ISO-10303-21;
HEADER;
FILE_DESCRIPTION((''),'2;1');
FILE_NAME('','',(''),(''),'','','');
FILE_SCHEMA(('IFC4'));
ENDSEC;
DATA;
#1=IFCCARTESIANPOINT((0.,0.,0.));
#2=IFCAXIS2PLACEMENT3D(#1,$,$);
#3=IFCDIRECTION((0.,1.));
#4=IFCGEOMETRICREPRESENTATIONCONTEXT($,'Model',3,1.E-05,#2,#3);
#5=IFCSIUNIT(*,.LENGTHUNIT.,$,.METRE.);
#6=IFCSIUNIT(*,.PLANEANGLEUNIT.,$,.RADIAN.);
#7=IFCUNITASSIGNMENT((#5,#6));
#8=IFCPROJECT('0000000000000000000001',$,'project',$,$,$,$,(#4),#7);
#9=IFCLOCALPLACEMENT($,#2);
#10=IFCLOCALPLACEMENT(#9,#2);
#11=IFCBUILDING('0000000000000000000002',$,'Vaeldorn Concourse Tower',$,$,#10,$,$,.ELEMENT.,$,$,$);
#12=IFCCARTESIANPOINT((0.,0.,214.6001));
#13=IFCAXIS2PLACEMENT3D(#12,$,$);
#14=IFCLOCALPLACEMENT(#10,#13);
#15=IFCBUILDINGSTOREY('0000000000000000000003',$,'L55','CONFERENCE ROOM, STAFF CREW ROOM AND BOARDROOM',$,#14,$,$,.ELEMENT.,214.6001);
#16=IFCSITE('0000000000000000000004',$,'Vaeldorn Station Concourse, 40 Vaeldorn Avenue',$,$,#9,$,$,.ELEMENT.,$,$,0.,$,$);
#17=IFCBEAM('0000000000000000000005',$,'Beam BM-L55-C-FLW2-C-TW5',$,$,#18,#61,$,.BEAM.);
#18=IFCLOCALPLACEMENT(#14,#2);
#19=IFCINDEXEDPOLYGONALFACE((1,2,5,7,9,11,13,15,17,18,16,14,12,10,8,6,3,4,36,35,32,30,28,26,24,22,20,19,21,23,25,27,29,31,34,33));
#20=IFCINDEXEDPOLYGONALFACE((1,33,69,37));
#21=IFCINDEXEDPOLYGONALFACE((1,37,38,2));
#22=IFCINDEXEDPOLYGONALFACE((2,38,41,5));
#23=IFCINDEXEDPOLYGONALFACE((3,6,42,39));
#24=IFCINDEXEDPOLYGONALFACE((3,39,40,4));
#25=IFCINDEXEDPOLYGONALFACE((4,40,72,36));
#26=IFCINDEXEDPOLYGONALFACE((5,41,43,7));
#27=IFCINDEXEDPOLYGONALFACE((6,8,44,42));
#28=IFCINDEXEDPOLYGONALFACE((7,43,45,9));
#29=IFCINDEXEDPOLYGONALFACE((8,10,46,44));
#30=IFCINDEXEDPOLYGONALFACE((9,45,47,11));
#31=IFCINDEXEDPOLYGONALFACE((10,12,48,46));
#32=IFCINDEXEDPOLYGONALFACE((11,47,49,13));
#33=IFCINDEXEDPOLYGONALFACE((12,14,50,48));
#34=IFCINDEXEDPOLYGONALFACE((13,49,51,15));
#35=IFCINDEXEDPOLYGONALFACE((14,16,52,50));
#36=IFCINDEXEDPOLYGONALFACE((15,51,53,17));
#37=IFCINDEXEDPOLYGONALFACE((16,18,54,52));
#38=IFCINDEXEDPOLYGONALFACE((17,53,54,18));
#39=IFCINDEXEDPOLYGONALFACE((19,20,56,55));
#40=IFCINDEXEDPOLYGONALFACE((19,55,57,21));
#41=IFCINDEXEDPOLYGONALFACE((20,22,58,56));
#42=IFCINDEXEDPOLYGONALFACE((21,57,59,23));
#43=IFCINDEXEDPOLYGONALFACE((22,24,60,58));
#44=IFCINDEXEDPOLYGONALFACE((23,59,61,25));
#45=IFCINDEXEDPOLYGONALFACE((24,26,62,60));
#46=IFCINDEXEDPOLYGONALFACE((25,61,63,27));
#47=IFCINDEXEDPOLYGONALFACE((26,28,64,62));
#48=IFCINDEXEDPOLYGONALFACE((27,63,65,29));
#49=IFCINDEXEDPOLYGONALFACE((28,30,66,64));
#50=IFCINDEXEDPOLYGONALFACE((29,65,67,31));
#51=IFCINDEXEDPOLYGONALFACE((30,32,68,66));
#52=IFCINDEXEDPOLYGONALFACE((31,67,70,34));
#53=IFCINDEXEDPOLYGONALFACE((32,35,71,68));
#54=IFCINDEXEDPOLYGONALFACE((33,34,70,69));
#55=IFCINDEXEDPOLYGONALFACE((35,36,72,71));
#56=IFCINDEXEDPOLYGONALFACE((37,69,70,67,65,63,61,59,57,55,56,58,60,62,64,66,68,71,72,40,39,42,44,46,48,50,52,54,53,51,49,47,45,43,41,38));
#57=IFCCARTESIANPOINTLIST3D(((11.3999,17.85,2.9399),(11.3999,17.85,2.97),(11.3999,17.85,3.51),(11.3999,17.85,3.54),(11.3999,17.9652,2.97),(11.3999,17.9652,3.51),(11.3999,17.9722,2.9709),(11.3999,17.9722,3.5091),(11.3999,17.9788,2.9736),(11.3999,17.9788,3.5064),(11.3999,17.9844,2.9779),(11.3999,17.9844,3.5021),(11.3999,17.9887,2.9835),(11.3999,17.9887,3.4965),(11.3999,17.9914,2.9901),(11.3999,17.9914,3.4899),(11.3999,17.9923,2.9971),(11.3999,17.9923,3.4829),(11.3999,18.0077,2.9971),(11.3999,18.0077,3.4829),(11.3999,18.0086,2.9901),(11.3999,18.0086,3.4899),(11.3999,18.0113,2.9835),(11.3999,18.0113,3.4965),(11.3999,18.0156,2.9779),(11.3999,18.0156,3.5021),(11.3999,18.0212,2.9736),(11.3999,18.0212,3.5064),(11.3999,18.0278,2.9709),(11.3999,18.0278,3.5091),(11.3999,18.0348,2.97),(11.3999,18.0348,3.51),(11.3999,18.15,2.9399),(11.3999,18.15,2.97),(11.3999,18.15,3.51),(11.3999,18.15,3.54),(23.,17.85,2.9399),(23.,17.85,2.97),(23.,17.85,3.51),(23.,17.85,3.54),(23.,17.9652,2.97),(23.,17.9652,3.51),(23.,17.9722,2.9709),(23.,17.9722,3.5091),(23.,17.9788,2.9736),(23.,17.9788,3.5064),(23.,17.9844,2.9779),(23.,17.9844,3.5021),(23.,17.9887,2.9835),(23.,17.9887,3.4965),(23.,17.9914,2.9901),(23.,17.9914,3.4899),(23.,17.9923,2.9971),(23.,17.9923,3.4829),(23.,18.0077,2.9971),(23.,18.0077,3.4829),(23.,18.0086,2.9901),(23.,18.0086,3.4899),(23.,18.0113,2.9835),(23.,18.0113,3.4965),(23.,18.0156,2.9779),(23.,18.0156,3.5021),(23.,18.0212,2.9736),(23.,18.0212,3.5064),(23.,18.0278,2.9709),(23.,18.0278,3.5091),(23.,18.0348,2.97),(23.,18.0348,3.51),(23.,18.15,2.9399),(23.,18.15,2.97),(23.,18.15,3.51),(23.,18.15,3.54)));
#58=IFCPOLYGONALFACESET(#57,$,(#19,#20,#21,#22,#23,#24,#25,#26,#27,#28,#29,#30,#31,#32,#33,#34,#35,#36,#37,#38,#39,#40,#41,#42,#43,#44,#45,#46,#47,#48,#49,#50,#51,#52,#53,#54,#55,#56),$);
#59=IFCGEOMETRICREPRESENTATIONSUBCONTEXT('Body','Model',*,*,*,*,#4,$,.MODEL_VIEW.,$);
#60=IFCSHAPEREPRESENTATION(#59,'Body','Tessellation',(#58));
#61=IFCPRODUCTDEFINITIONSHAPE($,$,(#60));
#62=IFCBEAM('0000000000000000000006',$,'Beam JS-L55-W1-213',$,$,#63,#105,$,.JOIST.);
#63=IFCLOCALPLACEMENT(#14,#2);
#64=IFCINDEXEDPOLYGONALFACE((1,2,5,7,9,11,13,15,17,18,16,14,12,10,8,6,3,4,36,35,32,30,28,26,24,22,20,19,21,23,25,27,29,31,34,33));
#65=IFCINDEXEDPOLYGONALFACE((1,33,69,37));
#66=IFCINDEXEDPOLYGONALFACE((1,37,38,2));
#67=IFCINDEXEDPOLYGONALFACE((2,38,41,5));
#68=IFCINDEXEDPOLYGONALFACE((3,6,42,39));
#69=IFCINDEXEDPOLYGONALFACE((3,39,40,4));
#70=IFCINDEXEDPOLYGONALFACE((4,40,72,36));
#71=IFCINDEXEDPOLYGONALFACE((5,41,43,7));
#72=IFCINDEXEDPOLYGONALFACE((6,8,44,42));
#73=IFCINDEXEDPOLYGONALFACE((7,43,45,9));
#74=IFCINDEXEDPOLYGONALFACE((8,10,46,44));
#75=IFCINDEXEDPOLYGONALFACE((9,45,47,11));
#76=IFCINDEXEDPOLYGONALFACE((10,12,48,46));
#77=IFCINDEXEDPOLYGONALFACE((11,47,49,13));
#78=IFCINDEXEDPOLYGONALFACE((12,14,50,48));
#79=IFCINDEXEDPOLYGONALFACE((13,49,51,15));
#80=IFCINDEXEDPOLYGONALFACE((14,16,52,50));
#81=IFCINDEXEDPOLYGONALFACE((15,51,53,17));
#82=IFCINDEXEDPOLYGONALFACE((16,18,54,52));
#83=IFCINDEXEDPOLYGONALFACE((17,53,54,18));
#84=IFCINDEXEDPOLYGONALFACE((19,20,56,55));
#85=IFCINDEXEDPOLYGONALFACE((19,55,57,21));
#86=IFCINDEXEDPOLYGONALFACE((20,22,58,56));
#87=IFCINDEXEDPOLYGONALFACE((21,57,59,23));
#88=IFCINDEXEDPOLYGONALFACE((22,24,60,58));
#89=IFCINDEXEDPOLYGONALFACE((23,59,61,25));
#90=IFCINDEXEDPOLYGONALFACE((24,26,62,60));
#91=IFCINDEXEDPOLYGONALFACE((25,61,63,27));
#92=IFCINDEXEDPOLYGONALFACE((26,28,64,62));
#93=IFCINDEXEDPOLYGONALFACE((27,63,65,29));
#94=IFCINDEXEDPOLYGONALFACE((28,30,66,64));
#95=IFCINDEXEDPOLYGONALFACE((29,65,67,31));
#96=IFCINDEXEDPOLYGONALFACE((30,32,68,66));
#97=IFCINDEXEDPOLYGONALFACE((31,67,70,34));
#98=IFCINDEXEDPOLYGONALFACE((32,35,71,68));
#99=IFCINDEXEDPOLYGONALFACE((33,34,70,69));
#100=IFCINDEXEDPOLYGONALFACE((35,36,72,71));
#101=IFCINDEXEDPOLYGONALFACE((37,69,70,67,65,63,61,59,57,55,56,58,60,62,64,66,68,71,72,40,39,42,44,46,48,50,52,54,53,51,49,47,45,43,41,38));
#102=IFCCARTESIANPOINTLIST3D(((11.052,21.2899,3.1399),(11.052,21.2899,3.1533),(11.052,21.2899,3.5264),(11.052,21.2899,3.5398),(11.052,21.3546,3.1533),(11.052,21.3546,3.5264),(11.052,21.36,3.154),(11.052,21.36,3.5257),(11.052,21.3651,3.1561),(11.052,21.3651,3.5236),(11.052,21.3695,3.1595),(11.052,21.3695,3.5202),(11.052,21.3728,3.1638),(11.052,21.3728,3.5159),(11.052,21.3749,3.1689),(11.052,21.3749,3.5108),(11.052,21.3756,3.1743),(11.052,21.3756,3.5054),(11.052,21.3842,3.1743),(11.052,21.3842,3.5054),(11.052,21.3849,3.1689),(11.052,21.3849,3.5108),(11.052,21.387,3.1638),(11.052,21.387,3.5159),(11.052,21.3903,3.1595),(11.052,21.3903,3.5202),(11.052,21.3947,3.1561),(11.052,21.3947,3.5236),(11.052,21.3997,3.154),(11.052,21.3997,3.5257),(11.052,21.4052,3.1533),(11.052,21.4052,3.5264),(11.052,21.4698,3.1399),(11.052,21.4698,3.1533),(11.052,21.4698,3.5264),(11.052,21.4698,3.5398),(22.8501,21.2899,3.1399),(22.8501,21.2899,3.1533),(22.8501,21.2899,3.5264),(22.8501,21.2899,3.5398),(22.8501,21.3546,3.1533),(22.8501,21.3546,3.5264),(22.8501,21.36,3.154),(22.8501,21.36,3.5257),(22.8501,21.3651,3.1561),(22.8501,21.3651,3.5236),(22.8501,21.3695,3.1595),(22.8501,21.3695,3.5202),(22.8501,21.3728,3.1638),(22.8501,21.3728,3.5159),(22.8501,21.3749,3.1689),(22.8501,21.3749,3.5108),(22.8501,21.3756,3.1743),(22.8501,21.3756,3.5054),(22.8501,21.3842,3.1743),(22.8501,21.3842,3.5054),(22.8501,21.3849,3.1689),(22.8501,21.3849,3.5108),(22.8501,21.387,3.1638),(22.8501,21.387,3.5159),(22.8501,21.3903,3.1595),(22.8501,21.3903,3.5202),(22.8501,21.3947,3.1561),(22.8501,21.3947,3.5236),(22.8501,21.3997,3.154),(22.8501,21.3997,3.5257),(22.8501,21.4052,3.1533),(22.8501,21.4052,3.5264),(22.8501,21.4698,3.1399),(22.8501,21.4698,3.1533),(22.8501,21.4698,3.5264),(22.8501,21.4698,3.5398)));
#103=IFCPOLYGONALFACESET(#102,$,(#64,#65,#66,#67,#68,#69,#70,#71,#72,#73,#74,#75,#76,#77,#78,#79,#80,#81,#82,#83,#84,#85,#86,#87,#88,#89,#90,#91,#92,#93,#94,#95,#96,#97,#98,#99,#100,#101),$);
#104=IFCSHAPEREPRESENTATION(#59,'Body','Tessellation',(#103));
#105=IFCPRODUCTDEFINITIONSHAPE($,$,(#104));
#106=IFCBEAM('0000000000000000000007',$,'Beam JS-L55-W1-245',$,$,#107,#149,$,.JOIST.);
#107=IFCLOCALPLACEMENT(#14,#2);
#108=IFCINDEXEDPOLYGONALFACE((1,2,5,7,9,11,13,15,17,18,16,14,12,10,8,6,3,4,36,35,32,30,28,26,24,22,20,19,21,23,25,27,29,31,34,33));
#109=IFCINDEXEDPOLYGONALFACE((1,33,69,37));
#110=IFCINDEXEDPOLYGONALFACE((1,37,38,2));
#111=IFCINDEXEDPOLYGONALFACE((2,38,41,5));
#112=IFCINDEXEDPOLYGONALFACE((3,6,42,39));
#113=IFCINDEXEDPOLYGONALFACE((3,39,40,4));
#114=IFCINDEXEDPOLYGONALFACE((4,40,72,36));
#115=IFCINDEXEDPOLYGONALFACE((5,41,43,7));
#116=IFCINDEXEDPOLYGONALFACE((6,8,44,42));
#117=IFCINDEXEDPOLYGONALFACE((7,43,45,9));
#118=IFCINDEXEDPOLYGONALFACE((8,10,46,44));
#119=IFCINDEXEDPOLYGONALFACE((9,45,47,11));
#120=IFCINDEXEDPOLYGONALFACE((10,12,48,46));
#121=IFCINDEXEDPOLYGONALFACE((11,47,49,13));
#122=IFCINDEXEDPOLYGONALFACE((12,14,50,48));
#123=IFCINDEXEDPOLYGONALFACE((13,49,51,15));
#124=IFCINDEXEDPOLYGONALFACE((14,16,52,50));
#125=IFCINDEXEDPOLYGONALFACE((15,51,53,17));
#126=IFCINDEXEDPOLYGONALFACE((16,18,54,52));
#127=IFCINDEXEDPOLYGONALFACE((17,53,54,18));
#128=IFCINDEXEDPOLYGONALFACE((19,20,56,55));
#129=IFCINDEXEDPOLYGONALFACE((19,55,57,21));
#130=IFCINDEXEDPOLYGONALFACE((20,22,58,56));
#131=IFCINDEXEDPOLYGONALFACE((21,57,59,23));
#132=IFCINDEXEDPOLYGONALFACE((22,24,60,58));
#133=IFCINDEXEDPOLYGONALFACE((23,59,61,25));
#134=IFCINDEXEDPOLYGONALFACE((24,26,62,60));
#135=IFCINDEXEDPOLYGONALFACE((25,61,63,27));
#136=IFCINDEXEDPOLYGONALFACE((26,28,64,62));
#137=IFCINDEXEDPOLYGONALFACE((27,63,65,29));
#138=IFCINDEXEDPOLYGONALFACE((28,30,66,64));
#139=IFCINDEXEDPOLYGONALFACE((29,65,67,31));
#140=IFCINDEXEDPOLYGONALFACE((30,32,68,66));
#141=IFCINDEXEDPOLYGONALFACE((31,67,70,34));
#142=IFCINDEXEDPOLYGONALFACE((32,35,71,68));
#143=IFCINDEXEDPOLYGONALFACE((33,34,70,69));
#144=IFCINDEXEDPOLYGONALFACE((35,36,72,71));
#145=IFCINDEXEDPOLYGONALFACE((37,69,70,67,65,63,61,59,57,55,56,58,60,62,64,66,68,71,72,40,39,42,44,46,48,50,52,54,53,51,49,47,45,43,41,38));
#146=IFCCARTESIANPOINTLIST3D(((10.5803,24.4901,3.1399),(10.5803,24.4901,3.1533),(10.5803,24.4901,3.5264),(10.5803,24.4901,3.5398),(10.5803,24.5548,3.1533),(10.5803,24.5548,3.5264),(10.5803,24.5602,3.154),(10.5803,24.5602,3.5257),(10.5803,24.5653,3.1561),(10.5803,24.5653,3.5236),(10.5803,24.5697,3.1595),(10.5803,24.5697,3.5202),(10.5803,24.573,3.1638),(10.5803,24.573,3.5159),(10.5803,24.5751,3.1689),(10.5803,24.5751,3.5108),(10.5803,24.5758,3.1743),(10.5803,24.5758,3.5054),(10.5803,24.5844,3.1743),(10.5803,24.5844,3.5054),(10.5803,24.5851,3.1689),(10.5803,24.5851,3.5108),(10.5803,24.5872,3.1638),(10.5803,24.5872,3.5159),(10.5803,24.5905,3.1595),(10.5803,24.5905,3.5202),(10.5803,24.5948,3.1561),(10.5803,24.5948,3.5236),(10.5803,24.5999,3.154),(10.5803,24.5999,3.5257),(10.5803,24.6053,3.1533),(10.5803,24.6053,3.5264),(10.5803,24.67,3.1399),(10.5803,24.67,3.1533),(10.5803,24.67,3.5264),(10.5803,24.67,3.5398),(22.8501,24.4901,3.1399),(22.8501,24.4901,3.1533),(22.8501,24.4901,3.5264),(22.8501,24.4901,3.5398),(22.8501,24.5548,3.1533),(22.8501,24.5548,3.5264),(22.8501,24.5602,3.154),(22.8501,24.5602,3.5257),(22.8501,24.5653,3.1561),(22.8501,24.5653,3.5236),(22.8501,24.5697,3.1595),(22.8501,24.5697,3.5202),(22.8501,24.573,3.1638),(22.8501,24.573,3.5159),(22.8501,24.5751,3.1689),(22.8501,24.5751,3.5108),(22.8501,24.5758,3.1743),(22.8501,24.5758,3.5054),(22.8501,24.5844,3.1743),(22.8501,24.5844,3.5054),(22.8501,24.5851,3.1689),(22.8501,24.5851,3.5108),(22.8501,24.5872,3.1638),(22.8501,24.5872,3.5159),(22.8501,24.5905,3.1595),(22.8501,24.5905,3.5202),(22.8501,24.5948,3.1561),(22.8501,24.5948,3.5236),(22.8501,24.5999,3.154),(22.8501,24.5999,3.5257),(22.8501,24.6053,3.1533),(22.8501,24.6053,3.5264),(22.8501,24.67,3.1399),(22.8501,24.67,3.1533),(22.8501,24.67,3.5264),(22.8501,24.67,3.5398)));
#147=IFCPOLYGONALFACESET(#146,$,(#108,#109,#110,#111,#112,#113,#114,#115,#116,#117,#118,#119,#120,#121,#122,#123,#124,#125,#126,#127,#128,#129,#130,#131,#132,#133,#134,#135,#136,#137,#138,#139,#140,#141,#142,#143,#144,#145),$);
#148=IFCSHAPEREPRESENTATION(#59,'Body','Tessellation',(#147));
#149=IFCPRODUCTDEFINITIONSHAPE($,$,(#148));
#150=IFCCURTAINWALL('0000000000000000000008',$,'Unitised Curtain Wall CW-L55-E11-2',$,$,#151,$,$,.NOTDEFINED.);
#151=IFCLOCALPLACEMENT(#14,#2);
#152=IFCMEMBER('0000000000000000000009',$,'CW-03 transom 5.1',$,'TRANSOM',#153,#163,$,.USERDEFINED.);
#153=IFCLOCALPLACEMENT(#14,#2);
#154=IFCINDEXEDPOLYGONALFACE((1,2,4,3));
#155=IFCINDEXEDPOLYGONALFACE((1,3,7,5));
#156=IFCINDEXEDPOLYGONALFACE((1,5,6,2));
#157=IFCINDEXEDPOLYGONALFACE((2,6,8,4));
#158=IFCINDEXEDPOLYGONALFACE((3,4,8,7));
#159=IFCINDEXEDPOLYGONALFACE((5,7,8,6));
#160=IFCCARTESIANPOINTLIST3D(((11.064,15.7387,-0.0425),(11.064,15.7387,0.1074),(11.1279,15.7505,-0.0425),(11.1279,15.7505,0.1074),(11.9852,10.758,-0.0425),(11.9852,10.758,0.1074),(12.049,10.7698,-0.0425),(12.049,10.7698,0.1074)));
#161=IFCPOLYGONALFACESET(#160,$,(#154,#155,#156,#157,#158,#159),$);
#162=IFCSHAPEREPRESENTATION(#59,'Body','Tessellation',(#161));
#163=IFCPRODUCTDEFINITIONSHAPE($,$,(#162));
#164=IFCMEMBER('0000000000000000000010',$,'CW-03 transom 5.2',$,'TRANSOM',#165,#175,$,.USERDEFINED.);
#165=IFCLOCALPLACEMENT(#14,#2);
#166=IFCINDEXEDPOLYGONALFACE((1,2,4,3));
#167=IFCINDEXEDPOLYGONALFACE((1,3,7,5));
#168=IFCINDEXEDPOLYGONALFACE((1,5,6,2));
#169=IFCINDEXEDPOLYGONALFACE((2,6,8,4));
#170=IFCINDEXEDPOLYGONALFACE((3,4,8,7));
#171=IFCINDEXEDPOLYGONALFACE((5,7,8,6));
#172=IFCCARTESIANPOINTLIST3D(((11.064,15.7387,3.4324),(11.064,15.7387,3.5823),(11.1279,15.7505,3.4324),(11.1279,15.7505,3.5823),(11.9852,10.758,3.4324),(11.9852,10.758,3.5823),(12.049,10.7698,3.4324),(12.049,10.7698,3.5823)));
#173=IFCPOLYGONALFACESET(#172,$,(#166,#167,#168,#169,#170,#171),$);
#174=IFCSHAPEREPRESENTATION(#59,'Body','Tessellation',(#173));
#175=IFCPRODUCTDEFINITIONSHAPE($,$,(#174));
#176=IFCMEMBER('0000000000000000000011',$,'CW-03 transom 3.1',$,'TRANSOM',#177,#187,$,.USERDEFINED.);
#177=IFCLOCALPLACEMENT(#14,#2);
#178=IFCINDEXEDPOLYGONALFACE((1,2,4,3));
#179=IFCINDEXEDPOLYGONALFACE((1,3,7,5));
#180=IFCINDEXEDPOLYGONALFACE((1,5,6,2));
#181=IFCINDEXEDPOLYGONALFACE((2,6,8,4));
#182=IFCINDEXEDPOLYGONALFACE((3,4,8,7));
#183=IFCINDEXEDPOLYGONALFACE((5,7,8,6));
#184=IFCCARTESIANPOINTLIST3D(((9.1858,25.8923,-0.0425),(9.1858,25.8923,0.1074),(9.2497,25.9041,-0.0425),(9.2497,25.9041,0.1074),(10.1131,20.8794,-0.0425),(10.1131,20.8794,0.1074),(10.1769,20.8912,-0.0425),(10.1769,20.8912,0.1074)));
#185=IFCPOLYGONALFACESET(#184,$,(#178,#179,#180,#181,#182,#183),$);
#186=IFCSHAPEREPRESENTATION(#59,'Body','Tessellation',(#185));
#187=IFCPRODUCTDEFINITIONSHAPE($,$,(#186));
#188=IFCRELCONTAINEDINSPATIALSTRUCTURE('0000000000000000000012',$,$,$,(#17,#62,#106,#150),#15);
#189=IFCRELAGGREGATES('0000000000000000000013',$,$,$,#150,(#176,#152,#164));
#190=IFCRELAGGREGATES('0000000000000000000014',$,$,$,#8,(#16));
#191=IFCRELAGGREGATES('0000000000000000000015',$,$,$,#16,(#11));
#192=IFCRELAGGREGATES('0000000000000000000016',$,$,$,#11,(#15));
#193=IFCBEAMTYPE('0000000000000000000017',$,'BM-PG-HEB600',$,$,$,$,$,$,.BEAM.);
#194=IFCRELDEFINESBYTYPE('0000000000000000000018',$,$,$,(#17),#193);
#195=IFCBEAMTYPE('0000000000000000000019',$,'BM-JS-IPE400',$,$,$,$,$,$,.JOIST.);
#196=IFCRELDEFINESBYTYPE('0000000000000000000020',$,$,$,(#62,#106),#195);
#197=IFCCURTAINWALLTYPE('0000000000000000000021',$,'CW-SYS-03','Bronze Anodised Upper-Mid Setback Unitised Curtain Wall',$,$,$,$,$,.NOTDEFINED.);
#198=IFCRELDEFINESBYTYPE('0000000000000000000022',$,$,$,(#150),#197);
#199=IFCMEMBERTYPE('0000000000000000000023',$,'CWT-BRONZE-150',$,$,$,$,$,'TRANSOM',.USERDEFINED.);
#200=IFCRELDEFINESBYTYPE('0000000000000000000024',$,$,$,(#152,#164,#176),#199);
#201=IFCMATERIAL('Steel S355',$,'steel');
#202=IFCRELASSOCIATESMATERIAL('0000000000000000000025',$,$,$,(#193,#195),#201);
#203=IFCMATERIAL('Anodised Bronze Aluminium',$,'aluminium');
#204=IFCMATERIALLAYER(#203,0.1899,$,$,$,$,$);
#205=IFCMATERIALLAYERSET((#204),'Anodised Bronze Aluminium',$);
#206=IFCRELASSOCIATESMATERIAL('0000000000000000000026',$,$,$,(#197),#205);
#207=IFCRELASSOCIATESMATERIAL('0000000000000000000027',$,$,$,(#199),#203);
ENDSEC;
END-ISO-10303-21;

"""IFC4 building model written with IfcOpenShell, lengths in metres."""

from ifc_helpers import new_model, si_unit, direction, frame, origin, origin_2d, place, context, subcontext, project, spatial, rectangle, i_section, extrude, source, transform, mapped, material, layer, layer_set, material_profile, profile_set, type_object, element, aggregate, save


model = new_model("IFC4")

# Units and contexts
model_context = context("Model", 3, precision=1e-05, world=origin(), true_north=direction((0.0, 1.0)))
body_context = subcontext(model_context, "Body", "Model", "MODEL_VIEW")
ifc_project = project(units=[si_unit("LENGTHUNIT", "METRE"), si_unit("PLANEANGLEUNIT", "RADIAN")], contexts=[model_context])

# Site, building, storey
site_placement = place(None, origin())
site = spatial("IfcSite", under=ifc_project, at=site_placement, Name="Vaeldorn Station Concourse, 40 Vaeldorn Avenue", CompositionType="ELEMENT", RefElevation=0.0)
building_placement = place(site_placement, origin())
building = spatial("IfcBuilding", under=site, at=building_placement, Name="Vaeldorn Concourse Tower", CompositionType="ELEMENT")
storey_placement = place(building_placement, frame((0.0, 0.0, 214.6001)))
storey = spatial("IfcBuildingStorey", under=building, at=storey_placement, Name="L55", Description="CONFERENCE ROOM, STAFF CREW ROOM AND BOARDROOM", CompositionType="ELEMENT", Elevation=214.6001)

# Shared definitions
ifc_material_1 = material(Name="Steel S355", Category="steel")

# Beams
ifc_material_profile_1 = material_profile(ifc_material_1, i_section(OverallWidth=0.3, OverallDepth=0.6001, WebThickness=0.0154, FlangeThickness=0.03, FilletRadius=0.0271, at=origin_2d()), Name="HEB 600")
ifc_profile_set_1 = profile_set([ifc_material_profile_1], Name="Steel S355")
beam_type_1 = type_object("IfcBeamType", Name="BM-PG-HEB600", PredefinedType="BEAM", material=ifc_profile_set_1)
shared_shape_1 = source(origin(), body_context, "Body", "SweptSolid", [
    extrude(i_section(OverallWidth=0.3, OverallDepth=0.6001, WebThickness=0.0154, FlangeThickness=0.03, FilletRadius=0.0271, at=origin_2d()), origin(), (0.0, 0.0, 1.0), 11.6001),
])
beam_1_placement = place(storey_placement, frame((11.3999, 18.0, 3.24), z_axis=(1.0, 0.0, 0.0), x_axis=(0.0, 1.0, 0.0)))
element("IfcBeam", 1, at=beam_1_placement, inside=storey, type_object=beam_type_1, Name="Beam BM-L55-C-FLW2-C-TW5", PredefinedType="BEAM", context=body_context, shape_type="MappedRepresentation", body=[
    mapped(shared_shape_1, transform((0.0, 0.0, 0.0), scale=1.0)),
])
ifc_material_profile_2 = material_profile(ifc_material_1, i_section(OverallWidth=0.1799, OverallDepth=0.3999, WebThickness=0.0085, FlangeThickness=0.0134, FilletRadius=0.021, at=origin_2d()), Name="IPE 400")
ifc_profile_set_2 = profile_set([ifc_material_profile_2], Name="Steel S355")
beam_type_2 = type_object("IfcBeamType", Name="BM-JS-IPE400", PredefinedType="JOIST", material=ifc_profile_set_2)
shared_shape_2 = source(origin(), body_context, "Body", "SweptSolid", [
    extrude(i_section(OverallWidth=0.1799, OverallDepth=0.3999, WebThickness=0.0085, FlangeThickness=0.0134, FilletRadius=0.021, at=origin_2d()), origin(), (0.0, 0.0, 1.0), 11.7981),
])
beam_2_placement = place(storey_placement, frame((11.052, 21.3799, 3.3398), z_axis=(1.0, 0.0, 0.0), x_axis=(0.0, 1.0, 0.0)))
element("IfcBeam", 2, at=beam_2_placement, inside=storey, type_object=beam_type_2, Name="Beam JS-L55-W1-213", PredefinedType="JOIST", context=body_context, shape_type="MappedRepresentation", body=[
    mapped(shared_shape_2, transform((0.0, 0.0, 0.0), scale=1.0)),
])
shared_shape_3 = source(origin(), body_context, "Body", "SweptSolid", [
    extrude(i_section(OverallWidth=0.1799, OverallDepth=0.3999, WebThickness=0.0085, FlangeThickness=0.0134, FilletRadius=0.021, at=origin_2d()), origin(), (0.0, 0.0, 1.0), 12.2698),
])
beam_3_placement = place(storey_placement, frame((10.5803, 24.5801, 3.3398), z_axis=(1.0, 0.0, 0.0), x_axis=(0.0, 1.0, 0.0)))
element("IfcBeam", 3, at=beam_3_placement, inside=storey, type_object=beam_type_2, Name="Beam JS-L55-W1-245", PredefinedType="JOIST", context=body_context, shape_type="MappedRepresentation", body=[
    mapped(shared_shape_3, transform((0.0, 0.0, 0.0), scale=1.0)),
])

# Curtain wall, members
ifc_material_2 = material(Name="Anodised Bronze Aluminium", Category="aluminium")
ifc_layer_1 = layer(ifc_material_2, 0.1899)
ifc_layer_set_1 = layer_set([ifc_layer_1], Name="Anodised Bronze Aluminium")
curtain_wall_type = type_object("IfcCurtainWallType", Name="CW-SYS-03", Description="Bronze Anodised Upper-Mid Setback Unitised Curtain Wall", PredefinedType="NOTDEFINED", material=ifc_layer_set_1)
curtain_wall_placement = place(storey_placement, origin())
curtain_wall = element("IfcCurtainWall", 4, at=curtain_wall_placement, inside=storey, type_object=curtain_wall_type, Name="Unitised Curtain Wall CW-L55-E11-2", PredefinedType="NOTDEFINED")
ifc_material_profile_3 = material_profile(ifc_material_2, rectangle(XDim=0.0649, YDim=0.1499, at=origin_2d()), Name="CWT 65x150")
ifc_profile_set_3 = profile_set([ifc_material_profile_3], Name="Anodised Bronze Aluminium")
member_type_1 = type_object("IfcMemberType", Name="CWT-BRONZE-150", ElementType="TRANSOM", PredefinedType="USERDEFINED", material=ifc_profile_set_3)
shared_shape_4 = source(origin(), body_context, "Body", "SweptSolid", [
    extrude(rectangle(XDim=0.0649, YDim=0.1499, at=origin_2d()), origin(), (0.0, 0.0, 1.0), 5.0652),
])
member_1_placement = place(storey_placement, frame((11.0959, 15.7446, 0.0325), z_axis=(0.181858, -0.983325, 0.0), x_axis=(0.983325, 0.181858, 0.0)))
member_1 = element("IfcMember", 5, at=member_1_placement, type_object=member_type_1, Name="CW-03 transom 5.1", ObjectType="TRANSOM", PredefinedType="USERDEFINED", context=body_context, shape_type="MappedRepresentation", body=[
    mapped(shared_shape_4, transform((0.0, 0.0, 0.0), scale=1.0)),
])
member_2_placement = place(storey_placement, frame((11.0959, 15.7446, 3.5073), z_axis=(0.181858, -0.983325, 0.0), x_axis=(0.983325, 0.181858, 0.0)))
member_2 = element("IfcMember", 6, at=member_2_placement, type_object=member_type_1, Name="CW-03 transom 5.2", ObjectType="TRANSOM", PredefinedType="USERDEFINED", context=body_context, shape_type="MappedRepresentation", body=[
    mapped(shared_shape_4, transform((0.0, 0.0, 0.0), scale=1.0)),
])
shared_shape_5 = source(origin(), body_context, "Body", "SweptSolid", [
    extrude(rectangle(XDim=0.0649, YDim=0.1499, at=origin_2d()), origin(), (0.0, 0.0, 1.0), 5.0979),
])
member_3_placement = place(storey_placement, frame((9.2178, 25.8982, 0.0325), z_axis=(0.181885, -0.98332, 0.0), x_axis=(0.98332, 0.181885, 0.0)))
member_3 = element("IfcMember", 7, at=member_3_placement, type_object=member_type_1, Name="CW-03 transom 3.1", ObjectType="TRANSOM", PredefinedType="USERDEFINED", context=body_context, shape_type="MappedRepresentation", body=[
    mapped(shared_shape_5, transform((0.0, 0.0, 0.0), scale=1.0)),
])
aggregate(curtain_wall, [member_3, member_1, member_2])

save(model, "model.ifc")
